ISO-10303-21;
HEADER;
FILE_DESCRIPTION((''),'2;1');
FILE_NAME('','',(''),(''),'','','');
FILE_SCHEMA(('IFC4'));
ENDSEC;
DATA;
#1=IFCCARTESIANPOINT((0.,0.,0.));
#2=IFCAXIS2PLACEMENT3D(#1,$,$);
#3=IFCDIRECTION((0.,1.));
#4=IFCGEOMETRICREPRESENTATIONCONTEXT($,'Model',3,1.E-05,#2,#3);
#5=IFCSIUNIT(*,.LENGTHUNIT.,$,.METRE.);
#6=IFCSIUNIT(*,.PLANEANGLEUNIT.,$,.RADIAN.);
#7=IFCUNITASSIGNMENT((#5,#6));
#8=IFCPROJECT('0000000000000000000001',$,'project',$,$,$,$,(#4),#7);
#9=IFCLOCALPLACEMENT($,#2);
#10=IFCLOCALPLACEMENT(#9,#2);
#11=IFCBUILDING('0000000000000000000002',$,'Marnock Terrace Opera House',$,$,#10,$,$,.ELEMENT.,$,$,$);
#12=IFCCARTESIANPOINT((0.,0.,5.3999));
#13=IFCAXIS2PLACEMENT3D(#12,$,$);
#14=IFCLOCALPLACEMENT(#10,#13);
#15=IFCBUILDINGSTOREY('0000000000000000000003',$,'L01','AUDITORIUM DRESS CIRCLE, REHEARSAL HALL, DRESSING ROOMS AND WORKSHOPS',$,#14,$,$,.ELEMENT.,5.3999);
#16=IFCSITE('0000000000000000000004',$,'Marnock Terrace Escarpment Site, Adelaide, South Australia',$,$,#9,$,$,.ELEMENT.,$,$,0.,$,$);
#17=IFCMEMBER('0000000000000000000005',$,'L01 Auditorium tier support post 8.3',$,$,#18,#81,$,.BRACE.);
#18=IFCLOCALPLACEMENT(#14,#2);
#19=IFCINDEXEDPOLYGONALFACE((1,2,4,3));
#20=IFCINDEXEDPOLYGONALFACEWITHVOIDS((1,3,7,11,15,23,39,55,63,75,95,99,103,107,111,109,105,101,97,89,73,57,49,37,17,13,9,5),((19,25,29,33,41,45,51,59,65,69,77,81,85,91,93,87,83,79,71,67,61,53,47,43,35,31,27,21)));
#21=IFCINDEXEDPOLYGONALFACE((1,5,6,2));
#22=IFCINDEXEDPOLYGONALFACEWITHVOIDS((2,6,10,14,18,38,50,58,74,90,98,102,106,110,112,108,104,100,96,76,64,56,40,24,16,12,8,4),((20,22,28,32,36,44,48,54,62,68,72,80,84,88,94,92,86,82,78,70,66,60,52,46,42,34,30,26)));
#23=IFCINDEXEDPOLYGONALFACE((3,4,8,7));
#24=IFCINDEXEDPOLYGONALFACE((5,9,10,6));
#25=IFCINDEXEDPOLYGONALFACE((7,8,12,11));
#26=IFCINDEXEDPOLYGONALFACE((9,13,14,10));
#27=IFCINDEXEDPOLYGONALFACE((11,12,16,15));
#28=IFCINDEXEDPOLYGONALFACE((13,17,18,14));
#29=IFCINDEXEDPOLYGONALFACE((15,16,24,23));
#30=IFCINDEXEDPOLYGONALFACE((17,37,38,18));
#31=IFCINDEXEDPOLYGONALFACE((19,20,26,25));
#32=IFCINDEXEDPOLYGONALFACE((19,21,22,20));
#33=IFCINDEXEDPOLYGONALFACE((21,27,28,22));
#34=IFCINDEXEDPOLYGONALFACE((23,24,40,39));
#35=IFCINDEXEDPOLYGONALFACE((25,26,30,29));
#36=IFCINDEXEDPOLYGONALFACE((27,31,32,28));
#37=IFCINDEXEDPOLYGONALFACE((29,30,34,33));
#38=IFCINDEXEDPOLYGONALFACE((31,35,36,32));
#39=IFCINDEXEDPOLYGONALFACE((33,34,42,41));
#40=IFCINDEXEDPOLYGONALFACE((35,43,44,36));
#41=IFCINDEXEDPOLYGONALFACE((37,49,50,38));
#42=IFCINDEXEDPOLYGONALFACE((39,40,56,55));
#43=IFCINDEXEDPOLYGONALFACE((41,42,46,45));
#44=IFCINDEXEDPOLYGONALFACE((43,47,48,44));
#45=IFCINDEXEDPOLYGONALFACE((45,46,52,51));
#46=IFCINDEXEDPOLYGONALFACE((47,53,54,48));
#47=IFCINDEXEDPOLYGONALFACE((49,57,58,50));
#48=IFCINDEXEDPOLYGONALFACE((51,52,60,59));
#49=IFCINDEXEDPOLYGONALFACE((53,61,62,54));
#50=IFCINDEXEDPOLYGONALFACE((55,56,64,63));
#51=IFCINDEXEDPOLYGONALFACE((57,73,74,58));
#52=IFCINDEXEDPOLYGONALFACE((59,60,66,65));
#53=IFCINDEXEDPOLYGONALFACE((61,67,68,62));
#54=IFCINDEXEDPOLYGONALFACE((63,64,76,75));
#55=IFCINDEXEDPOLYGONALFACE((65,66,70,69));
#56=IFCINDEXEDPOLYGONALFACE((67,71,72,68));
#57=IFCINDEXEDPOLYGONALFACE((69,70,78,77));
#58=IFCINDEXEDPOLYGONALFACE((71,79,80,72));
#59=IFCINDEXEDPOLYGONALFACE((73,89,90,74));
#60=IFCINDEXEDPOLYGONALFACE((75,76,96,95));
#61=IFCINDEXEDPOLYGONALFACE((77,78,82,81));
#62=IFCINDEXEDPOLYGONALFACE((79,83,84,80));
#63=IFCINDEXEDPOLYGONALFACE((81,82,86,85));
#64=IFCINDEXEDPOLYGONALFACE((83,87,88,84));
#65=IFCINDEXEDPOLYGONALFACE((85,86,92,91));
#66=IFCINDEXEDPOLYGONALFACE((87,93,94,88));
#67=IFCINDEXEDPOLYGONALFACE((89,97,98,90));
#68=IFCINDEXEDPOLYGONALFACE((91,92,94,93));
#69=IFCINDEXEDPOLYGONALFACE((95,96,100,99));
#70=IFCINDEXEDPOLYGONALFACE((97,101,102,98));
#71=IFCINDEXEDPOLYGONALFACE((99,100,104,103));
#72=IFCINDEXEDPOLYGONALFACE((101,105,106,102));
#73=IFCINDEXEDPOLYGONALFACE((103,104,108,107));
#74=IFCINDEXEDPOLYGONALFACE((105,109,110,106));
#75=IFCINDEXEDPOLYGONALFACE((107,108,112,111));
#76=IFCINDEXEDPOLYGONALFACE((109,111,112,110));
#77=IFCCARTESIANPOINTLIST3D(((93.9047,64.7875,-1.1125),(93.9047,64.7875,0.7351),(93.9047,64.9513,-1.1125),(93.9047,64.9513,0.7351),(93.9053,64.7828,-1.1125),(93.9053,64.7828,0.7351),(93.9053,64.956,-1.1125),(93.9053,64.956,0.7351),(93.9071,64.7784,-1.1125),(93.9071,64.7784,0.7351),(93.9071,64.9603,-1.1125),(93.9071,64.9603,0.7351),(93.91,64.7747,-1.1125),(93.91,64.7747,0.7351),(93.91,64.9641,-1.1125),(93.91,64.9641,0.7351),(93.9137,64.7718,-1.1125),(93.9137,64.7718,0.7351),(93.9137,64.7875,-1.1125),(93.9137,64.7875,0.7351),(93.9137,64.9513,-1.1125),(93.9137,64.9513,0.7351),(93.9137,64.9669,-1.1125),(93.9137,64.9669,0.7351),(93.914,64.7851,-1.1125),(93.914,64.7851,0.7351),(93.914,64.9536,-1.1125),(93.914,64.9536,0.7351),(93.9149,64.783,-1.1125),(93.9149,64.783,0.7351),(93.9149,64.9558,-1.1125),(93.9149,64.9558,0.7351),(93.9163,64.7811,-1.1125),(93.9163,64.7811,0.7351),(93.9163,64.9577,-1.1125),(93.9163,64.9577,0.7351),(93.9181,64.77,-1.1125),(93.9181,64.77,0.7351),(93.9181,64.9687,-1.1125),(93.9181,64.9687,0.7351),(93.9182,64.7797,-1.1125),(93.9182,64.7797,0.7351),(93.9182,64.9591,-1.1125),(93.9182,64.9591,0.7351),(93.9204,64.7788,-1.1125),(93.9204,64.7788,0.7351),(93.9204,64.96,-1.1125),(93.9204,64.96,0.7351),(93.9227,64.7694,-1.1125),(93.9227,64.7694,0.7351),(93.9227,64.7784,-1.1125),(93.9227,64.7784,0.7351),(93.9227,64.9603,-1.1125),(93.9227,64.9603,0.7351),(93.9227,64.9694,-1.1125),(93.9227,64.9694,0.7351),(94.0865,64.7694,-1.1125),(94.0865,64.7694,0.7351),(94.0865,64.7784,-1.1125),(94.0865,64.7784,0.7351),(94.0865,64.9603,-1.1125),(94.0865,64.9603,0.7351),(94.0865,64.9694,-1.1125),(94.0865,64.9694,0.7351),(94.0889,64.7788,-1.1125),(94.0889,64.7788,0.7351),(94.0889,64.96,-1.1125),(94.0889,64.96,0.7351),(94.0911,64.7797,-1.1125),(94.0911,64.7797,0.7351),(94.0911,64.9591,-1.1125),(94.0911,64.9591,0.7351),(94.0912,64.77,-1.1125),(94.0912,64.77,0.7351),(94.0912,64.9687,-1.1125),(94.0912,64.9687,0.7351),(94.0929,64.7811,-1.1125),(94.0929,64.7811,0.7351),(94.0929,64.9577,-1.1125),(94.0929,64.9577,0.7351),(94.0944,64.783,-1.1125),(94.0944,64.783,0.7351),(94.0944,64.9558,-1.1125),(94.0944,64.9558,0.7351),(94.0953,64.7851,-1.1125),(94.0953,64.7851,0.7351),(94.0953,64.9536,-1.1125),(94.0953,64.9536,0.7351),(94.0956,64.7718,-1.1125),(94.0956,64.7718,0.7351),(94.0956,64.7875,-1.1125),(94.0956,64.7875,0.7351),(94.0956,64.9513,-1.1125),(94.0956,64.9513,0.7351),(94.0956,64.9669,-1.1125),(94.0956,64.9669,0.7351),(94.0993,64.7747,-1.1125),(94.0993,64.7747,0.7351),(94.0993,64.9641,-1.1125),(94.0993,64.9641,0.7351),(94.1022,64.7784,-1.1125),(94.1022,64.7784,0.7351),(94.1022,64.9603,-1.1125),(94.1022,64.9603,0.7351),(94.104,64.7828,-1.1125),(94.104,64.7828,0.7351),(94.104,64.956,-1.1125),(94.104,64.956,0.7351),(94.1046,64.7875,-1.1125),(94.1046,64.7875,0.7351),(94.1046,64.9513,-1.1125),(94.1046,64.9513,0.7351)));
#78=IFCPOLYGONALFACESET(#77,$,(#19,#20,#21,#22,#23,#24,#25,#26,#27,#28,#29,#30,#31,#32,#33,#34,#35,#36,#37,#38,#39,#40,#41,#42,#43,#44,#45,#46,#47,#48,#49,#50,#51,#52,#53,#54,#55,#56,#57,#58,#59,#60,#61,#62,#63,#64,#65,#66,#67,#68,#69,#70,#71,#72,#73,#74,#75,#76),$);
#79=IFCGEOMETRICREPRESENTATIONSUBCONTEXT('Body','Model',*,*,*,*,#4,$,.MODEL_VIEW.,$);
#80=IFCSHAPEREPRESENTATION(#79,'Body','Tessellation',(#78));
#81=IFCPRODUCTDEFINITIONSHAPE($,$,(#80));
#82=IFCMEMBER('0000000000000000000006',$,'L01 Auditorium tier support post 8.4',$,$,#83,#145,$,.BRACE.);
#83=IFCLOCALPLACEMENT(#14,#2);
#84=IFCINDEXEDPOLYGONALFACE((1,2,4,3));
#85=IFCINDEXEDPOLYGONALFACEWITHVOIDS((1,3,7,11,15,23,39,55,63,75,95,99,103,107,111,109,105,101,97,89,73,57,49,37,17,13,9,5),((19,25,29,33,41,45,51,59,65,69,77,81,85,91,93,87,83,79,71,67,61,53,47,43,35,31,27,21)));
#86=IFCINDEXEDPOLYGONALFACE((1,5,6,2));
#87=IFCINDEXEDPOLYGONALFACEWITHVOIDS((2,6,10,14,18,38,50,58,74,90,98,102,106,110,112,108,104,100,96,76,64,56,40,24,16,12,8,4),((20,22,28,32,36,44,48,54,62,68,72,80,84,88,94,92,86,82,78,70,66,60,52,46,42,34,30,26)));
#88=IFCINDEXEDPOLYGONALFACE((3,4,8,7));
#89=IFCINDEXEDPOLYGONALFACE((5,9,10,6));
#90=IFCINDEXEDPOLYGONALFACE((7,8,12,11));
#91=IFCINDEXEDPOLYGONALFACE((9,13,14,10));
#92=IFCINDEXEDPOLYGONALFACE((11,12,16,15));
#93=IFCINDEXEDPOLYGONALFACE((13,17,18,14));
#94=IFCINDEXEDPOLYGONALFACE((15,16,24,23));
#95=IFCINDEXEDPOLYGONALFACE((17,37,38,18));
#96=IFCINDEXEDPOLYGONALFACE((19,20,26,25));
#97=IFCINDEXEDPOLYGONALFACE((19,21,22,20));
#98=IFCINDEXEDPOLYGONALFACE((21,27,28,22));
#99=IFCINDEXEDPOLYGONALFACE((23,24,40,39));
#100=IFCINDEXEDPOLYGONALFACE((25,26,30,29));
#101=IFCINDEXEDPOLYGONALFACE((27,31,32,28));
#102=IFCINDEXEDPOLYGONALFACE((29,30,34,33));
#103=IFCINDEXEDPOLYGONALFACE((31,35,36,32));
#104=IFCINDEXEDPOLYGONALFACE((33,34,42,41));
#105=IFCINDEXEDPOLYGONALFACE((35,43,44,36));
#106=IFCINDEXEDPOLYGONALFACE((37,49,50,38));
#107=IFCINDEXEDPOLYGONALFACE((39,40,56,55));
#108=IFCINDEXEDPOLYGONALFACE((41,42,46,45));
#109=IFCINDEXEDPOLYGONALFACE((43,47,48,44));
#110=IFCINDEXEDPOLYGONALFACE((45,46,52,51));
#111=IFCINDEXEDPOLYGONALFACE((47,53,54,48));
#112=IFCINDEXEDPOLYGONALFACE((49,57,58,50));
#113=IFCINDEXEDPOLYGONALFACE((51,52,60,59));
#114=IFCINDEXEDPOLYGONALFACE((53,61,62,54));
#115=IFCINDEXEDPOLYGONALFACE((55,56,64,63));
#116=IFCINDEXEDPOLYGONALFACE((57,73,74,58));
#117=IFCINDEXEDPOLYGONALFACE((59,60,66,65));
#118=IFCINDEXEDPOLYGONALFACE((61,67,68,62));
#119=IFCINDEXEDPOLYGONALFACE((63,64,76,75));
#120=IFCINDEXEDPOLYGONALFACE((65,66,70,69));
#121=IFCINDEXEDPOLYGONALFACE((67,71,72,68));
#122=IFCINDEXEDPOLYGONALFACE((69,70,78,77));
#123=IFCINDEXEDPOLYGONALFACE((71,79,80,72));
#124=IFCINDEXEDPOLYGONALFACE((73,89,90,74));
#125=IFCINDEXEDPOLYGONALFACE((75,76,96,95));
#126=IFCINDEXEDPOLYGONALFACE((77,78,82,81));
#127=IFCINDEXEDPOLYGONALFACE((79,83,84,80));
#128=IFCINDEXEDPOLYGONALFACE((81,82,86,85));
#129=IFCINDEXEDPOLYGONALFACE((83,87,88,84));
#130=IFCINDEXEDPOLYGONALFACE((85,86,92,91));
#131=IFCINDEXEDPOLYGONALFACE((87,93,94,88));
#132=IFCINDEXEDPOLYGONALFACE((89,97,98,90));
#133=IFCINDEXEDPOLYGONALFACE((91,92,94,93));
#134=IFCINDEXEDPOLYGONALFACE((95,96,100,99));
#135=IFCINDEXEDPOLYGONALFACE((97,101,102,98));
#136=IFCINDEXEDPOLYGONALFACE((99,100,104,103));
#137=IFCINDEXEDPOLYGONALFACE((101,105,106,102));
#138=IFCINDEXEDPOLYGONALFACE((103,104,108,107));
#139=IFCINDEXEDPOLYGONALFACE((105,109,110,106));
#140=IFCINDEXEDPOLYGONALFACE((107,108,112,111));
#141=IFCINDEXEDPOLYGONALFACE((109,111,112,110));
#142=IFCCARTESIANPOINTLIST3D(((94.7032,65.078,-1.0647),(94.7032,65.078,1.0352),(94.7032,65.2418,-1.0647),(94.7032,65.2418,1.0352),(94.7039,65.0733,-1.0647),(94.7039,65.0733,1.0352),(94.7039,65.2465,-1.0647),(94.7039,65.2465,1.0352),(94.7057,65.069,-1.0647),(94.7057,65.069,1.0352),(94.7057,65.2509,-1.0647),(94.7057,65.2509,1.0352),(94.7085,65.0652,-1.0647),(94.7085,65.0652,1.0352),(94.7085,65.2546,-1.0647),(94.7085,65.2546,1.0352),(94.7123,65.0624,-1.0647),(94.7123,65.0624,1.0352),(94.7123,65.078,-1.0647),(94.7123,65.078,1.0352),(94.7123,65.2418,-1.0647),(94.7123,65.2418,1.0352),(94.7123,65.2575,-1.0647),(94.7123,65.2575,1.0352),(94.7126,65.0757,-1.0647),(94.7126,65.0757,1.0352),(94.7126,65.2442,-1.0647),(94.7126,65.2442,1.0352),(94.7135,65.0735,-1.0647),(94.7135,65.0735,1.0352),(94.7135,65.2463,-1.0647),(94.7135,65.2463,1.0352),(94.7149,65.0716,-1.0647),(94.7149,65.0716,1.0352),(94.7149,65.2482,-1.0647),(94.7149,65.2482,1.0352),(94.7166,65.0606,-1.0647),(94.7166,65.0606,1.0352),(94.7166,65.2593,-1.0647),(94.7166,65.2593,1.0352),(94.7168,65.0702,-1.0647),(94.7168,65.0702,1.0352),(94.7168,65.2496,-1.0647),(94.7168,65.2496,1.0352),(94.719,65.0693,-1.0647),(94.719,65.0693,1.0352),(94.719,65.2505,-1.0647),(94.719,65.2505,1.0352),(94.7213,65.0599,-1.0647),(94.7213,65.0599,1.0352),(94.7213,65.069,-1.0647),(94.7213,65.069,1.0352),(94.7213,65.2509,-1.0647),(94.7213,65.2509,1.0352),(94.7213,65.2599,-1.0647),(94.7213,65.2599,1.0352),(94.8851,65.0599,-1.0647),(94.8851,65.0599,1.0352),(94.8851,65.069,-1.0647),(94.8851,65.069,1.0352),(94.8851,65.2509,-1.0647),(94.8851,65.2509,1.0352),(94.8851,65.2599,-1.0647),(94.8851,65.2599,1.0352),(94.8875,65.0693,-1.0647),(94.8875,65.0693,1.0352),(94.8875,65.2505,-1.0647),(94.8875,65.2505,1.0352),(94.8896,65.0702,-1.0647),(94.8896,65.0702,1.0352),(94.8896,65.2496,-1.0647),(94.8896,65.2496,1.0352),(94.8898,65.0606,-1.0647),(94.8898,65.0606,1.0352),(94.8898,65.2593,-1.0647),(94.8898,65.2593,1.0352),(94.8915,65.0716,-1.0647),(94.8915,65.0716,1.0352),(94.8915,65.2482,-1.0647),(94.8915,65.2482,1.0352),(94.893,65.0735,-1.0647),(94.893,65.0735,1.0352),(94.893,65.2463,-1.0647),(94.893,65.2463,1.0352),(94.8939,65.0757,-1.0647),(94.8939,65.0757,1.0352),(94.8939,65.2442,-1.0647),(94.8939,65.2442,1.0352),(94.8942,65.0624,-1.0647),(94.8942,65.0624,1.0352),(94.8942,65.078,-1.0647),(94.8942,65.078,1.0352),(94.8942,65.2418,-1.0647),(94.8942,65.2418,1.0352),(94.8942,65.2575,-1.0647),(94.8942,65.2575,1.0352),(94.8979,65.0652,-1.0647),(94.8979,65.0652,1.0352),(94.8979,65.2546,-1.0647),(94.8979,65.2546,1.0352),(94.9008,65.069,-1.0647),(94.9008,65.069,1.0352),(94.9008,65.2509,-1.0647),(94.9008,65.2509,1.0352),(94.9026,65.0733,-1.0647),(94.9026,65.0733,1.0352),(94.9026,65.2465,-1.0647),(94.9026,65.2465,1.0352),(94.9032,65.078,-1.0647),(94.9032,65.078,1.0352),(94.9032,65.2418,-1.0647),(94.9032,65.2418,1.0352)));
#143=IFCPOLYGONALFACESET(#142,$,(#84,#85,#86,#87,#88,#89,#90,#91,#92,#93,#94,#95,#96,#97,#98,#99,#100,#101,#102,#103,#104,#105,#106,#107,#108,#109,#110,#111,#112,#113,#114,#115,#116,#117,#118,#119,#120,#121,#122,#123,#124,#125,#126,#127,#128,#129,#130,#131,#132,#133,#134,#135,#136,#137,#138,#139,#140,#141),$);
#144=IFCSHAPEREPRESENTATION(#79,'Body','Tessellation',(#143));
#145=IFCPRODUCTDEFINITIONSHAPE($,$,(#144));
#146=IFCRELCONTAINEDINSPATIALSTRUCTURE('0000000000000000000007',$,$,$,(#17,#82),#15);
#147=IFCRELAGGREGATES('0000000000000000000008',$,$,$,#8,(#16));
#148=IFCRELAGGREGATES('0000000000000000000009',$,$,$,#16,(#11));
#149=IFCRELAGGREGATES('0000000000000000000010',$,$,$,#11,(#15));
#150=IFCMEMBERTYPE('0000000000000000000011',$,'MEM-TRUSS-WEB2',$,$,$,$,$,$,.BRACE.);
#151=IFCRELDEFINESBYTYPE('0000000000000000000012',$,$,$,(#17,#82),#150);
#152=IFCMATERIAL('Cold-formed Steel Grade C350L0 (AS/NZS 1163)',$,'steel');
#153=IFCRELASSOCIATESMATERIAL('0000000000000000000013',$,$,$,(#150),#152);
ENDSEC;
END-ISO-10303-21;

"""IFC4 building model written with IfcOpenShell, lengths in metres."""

from ifc_helpers import new_model, si_unit, direction, frame, origin, origin_2d, place, context, subcontext, project, spatial, hollow_rectangle, extrude, material, material_profile, profile_set, type_object, element, save


model = new_model("IFC4")

# Units and contexts
model_context = context("Model", 3, precision=1e-05, world=origin(), true_north=direction((0.0, 1.0)))
body_context = subcontext(model_context, "Body", "Model", "MODEL_VIEW")
ifc_project = project(units=[si_unit("LENGTHUNIT", "METRE"), si_unit("PLANEANGLEUNIT", "RADIAN")], contexts=[model_context])

# Site, building, storey
site_placement = place(None, origin())
site = spatial("IfcSite", under=ifc_project, at=site_placement, Name="Marnock Terrace Escarpment Site, Adelaide, South Australia", CompositionType="ELEMENT", RefElevation=0.0)
building_placement = place(site_placement, origin())
building = spatial("IfcBuilding", under=site, at=building_placement, Name="Marnock Terrace Opera House", CompositionType="ELEMENT")
storey_placement = place(building_placement, frame((0.0, 0.0, 5.3999)))
storey = spatial("IfcBuildingStorey", under=building, at=storey_placement, Name="L01", Description="AUDITORIUM DRESS CIRCLE, REHEARSAL HALL, DRESSING ROOMS AND WORKSHOPS", CompositionType="ELEMENT", Elevation=5.3999)

# Members
ifc_material_1 = material(Name="Cold-formed Steel Grade C350L0 (AS/NZS 1163)", Category="steel")
ifc_material_profile_1 = material_profile(ifc_material_1, hollow_rectangle(XDim=0.2, YDim=0.2, WallThickness=0.009, InnerFilletRadius=0.009, OuterFilletRadius=0.0181, at=origin_2d()))
ifc_profile_set_1 = profile_set([ifc_material_profile_1], Name="Cold-formed Steel Grade C350L0 (AS/NZS 1163)")
member_type = type_object("IfcMemberType", Name="MEM-TRUSS-WEB2", PredefinedType="BRACE", material=ifc_profile_set_1)
member_1_placement = place(storey_placement, frame((94.0046, 64.8694, -1.1125), z_axis=(0.0, 0.0, 1.0), x_axis=(1.0, 0.0, 0.0)))
element("IfcMember", 1, at=member_1_placement, inside=storey, type_object=member_type, Name="L01 Auditorium tier support post 8.3", PredefinedType="BRACE", context=body_context, shape_type="SweptSolid", body=[
    extrude(hollow_rectangle(XDim=0.2, YDim=0.2, WallThickness=0.009, InnerFilletRadius=0.009, OuterFilletRadius=0.0181, at=origin_2d()), origin(), (0.0, 0.0, 1.0), 1.8477),
])
member_2_placement = place(storey_placement, frame((94.8032, 65.1599, -1.0647), z_axis=(0.0, 0.0, 1.0), x_axis=(1.0, 0.0, 0.0)))
element("IfcMember", 2, at=member_2_placement, inside=storey, type_object=member_type, Name="L01 Auditorium tier support post 8.4", PredefinedType="BRACE", context=body_context, shape_type="SweptSolid", body=[
    extrude(hollow_rectangle(XDim=0.2, YDim=0.2, WallThickness=0.009, InnerFilletRadius=0.009, OuterFilletRadius=0.0181, at=origin_2d()), origin(), (0.0, 0.0, 1.0), 2.0999),
])

save(model, "model.ifc")
